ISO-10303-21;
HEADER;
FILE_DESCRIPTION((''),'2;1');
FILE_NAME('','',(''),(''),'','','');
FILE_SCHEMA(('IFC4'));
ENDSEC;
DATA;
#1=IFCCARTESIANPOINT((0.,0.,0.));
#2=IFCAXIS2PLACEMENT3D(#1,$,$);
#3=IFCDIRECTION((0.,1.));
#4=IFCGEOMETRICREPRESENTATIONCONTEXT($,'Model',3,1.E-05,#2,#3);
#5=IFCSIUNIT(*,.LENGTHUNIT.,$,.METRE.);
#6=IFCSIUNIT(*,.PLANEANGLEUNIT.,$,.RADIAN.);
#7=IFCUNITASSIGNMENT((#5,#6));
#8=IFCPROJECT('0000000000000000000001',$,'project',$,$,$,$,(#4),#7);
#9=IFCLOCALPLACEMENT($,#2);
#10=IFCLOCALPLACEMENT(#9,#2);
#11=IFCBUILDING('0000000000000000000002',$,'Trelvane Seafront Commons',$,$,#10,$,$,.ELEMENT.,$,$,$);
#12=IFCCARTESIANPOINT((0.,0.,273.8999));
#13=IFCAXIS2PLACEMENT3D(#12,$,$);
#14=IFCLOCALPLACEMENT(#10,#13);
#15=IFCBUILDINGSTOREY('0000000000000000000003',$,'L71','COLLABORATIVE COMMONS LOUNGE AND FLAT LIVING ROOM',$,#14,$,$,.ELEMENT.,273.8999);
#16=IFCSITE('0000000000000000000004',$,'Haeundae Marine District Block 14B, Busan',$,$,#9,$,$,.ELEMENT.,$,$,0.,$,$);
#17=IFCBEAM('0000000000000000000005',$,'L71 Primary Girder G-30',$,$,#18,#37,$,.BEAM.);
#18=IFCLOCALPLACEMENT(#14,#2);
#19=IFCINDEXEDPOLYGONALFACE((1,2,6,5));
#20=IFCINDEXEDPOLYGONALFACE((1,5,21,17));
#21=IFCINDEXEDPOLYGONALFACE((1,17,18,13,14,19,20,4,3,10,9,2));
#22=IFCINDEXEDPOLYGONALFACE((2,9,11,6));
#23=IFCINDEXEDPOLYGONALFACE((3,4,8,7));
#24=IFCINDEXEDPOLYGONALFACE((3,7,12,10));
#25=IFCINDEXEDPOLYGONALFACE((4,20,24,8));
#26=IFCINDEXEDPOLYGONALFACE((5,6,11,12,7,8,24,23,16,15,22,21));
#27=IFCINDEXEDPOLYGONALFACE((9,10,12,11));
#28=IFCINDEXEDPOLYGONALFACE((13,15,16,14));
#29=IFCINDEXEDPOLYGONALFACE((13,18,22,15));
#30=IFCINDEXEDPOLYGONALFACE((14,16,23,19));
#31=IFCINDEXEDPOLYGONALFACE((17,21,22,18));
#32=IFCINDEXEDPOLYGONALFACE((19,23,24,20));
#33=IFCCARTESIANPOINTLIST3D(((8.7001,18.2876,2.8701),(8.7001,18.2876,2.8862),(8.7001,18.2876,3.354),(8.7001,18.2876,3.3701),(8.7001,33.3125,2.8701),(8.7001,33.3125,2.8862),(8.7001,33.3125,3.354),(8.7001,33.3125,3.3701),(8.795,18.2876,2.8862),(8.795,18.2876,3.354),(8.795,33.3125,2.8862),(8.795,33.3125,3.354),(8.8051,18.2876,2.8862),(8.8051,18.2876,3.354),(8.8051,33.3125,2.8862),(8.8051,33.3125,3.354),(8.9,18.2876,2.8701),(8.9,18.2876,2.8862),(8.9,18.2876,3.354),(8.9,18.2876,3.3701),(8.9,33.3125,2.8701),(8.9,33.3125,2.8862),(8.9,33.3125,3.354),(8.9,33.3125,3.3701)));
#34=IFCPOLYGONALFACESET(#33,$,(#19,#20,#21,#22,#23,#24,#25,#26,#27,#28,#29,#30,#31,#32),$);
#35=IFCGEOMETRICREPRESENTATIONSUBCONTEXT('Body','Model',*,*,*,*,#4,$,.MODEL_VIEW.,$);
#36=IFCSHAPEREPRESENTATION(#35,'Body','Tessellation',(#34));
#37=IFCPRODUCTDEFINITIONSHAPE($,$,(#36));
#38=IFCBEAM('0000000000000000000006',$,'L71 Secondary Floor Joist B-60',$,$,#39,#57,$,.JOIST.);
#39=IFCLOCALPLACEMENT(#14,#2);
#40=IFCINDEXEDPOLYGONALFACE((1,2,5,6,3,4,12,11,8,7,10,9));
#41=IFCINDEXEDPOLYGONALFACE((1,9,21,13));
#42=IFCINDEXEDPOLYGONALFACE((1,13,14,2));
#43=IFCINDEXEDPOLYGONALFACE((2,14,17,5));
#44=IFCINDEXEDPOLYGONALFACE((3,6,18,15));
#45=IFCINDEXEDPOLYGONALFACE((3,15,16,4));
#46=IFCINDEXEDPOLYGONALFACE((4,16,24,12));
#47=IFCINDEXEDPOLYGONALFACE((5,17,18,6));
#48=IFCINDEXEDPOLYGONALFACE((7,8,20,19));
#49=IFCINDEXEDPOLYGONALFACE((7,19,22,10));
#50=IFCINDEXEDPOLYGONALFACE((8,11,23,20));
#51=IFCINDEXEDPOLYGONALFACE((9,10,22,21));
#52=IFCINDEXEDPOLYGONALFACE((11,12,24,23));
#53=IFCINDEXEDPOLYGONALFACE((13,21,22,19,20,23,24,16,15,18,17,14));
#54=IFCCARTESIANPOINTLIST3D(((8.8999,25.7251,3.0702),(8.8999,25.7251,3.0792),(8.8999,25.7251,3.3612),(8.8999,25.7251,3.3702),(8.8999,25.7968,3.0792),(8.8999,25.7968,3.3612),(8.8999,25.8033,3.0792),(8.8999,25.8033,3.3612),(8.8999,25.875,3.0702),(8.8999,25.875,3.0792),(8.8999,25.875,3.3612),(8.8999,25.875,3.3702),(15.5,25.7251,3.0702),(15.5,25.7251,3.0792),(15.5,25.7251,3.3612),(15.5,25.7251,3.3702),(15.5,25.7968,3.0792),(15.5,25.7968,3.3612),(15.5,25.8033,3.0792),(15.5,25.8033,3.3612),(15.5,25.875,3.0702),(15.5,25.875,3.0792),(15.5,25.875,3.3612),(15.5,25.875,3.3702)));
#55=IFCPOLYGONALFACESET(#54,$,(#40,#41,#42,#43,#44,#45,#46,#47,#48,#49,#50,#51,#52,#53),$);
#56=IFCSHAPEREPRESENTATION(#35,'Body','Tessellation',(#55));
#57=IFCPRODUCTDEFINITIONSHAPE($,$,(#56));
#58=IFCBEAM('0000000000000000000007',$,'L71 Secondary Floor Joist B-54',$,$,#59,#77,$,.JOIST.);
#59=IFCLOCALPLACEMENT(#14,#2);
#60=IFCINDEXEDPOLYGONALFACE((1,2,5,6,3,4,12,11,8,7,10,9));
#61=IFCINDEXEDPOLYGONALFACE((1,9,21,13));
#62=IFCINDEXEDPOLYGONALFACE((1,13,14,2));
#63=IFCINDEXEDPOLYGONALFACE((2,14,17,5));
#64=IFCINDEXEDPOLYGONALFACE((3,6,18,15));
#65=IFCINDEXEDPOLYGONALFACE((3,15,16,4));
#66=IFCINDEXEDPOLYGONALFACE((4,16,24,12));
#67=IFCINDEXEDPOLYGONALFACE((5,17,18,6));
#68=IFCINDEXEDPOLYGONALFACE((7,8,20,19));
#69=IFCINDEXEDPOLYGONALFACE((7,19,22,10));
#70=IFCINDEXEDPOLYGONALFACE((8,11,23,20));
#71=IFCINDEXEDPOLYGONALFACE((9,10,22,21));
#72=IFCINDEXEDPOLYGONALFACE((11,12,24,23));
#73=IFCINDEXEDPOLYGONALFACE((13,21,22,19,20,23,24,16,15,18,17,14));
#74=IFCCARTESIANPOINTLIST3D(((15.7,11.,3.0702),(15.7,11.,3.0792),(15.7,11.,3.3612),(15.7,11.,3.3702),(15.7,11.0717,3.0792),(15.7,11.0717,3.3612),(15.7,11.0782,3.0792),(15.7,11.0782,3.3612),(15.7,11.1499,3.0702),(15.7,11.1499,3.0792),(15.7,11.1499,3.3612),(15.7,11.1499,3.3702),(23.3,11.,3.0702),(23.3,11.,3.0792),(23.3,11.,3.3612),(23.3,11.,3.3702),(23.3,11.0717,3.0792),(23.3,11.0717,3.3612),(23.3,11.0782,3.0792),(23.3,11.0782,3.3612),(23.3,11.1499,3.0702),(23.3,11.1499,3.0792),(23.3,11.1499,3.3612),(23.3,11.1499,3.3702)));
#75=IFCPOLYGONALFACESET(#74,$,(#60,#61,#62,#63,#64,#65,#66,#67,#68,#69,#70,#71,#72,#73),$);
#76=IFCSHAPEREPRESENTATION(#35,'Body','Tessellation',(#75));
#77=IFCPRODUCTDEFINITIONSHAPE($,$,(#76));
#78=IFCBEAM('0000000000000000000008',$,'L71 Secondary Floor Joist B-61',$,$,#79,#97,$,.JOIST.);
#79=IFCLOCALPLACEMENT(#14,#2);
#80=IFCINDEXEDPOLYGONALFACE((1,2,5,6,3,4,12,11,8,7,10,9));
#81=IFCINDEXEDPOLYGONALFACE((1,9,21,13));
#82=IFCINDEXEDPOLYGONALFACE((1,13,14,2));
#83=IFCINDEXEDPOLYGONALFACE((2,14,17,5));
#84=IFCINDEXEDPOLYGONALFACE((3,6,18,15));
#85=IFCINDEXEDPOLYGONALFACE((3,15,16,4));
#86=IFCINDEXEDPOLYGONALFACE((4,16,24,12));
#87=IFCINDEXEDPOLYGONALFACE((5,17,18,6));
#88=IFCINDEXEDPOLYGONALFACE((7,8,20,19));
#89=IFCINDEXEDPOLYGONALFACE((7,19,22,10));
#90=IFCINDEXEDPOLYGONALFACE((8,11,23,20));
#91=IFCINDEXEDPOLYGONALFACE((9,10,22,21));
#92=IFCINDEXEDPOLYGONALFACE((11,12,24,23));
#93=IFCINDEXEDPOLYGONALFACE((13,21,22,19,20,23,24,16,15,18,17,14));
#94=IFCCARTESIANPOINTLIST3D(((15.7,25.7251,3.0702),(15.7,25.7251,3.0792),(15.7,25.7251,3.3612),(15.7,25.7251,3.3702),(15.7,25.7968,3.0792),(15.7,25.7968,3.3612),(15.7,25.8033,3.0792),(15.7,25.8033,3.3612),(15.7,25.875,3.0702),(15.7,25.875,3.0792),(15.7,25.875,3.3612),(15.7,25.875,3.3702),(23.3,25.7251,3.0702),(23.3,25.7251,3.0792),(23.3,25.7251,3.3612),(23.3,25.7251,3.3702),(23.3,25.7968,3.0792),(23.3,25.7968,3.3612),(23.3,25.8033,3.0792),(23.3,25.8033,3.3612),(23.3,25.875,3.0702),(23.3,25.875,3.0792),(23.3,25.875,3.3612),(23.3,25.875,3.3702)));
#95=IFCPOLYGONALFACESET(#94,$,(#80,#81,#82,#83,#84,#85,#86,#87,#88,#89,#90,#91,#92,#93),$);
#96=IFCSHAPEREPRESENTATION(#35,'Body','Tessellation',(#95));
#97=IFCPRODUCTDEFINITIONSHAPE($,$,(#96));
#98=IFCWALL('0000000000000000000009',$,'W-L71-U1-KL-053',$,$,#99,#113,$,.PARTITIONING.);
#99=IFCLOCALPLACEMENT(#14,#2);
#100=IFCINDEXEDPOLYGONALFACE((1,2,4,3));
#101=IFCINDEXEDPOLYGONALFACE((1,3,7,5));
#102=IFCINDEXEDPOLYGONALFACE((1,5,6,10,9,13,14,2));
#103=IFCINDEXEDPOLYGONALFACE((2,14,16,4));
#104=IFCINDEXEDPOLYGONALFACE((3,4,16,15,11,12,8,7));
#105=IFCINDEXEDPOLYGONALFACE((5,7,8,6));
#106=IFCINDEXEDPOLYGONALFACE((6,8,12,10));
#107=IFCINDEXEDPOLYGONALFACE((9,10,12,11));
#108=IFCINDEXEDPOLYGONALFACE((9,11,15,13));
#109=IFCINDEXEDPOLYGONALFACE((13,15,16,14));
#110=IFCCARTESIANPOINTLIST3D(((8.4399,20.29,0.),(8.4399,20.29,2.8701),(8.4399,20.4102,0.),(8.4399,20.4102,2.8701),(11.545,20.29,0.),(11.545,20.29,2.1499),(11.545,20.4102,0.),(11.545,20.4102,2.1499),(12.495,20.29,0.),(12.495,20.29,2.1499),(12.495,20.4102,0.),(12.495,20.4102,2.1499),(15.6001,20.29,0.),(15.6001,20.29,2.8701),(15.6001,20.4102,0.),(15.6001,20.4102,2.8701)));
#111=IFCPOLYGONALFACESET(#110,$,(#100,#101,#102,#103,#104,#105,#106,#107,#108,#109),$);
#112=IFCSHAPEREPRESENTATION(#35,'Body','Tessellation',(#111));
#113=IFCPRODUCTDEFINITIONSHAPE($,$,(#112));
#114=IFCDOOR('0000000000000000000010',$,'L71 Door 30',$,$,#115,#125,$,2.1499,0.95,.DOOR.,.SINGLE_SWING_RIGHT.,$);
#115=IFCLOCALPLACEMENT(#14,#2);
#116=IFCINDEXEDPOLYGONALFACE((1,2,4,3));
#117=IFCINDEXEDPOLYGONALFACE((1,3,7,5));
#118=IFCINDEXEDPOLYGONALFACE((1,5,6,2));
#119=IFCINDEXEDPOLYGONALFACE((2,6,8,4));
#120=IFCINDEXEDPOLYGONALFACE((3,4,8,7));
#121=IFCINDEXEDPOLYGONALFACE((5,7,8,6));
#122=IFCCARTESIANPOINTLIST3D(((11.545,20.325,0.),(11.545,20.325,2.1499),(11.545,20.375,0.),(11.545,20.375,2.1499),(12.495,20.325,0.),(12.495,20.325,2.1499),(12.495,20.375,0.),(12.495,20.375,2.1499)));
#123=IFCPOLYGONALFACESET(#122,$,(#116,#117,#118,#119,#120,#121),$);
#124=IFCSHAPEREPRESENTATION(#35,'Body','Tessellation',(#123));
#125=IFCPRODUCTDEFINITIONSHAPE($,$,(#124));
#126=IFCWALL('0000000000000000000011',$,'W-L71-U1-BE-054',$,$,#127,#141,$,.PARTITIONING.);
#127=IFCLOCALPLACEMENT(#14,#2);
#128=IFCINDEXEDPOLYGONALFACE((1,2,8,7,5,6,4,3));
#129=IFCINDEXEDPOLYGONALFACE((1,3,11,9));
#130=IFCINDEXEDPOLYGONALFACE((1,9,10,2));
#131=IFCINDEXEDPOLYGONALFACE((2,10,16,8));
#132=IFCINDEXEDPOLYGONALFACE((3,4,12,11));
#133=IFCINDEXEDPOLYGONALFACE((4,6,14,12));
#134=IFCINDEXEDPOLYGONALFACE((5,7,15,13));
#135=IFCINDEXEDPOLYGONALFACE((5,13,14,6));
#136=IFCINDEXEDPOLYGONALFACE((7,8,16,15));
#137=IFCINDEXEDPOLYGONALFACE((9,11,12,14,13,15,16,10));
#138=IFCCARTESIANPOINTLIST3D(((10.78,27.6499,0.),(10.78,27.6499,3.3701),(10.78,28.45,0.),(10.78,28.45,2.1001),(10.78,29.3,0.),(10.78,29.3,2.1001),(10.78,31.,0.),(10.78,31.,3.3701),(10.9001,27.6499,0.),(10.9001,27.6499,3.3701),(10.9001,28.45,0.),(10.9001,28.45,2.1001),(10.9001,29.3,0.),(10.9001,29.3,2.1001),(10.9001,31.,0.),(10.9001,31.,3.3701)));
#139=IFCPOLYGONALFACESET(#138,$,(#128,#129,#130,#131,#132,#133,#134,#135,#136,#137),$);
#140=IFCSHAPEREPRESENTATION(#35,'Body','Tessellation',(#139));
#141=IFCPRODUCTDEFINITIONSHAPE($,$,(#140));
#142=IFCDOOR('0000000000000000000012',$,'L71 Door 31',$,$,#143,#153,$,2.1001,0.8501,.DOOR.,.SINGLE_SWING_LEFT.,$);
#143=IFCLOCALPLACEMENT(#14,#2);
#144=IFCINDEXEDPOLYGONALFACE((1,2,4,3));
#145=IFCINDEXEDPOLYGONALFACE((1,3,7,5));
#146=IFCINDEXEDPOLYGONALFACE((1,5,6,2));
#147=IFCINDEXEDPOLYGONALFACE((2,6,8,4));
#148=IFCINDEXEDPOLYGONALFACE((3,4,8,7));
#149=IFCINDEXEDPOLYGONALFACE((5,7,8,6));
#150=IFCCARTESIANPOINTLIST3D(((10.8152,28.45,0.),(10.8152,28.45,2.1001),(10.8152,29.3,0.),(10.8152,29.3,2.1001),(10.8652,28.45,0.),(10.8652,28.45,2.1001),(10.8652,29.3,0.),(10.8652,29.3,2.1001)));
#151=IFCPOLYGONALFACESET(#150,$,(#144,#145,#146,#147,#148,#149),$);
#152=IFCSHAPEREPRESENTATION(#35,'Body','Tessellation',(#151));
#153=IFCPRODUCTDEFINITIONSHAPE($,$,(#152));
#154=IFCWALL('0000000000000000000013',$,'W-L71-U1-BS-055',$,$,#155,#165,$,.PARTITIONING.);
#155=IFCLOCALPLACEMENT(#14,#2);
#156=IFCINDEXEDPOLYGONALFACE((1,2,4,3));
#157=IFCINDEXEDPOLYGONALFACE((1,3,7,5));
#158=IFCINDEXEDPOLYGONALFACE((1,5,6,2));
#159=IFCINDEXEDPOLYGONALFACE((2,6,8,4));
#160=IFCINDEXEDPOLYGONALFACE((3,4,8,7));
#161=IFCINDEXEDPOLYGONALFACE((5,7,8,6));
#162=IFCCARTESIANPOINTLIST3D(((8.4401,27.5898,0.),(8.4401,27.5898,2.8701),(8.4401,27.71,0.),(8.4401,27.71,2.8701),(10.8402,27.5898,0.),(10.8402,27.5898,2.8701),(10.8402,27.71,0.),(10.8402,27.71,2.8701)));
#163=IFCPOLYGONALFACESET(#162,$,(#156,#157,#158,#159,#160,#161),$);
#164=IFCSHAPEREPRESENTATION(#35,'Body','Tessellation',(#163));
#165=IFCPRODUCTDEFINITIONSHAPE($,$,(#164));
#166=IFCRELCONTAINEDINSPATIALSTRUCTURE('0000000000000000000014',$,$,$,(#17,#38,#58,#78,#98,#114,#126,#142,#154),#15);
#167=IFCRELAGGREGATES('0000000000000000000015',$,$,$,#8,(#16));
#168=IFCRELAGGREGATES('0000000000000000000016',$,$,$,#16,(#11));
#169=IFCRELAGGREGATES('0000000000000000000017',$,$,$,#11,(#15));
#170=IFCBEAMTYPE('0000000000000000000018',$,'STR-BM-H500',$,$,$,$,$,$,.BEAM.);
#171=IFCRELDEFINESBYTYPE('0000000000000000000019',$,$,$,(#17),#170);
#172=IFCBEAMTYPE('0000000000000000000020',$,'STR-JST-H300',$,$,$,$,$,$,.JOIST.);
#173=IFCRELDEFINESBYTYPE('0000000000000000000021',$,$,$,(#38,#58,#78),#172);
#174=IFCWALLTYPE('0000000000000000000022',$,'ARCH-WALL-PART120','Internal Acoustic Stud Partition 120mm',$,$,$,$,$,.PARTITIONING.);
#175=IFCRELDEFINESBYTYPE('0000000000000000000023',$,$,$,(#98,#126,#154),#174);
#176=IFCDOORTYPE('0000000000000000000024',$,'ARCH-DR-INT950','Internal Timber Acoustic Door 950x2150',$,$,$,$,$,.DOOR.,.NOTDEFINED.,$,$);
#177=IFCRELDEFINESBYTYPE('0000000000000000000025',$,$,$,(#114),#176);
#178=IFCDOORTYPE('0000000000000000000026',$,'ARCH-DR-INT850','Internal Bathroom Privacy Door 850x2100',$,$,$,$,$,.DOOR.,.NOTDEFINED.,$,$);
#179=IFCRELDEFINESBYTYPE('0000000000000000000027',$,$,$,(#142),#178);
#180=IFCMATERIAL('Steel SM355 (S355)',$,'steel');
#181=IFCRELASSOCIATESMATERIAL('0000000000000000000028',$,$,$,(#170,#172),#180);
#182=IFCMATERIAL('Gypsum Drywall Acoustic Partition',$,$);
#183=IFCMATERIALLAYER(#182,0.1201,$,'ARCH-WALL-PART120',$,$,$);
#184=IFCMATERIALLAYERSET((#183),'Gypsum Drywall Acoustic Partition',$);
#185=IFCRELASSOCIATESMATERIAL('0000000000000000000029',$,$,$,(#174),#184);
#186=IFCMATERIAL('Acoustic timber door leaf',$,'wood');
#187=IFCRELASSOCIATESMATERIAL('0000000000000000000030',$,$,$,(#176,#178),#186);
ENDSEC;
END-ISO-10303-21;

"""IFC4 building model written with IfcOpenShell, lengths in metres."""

from ifc_helpers import new_model, si_unit, direction, frame, frame_2d, origin, origin_2d, place, context, subcontext, project, spatial, rectangle, i_section, extrude, source, transform, mapped, material, layer, layer_set, material_profile, profile_set, type_object, element, fill, save


model = new_model("IFC4")

# Units and contexts
model_context = context("Model", 3, precision=1e-05, world=origin(), true_north=direction((0.0, 1.0)))
body_context = subcontext(model_context, "Body", "Model", "MODEL_VIEW")
ifc_project = project(units=[si_unit("LENGTHUNIT", "METRE"), si_unit("PLANEANGLEUNIT", "RADIAN")], contexts=[model_context])

# Site, building, storey
site_placement = place(None, origin())
site = spatial("IfcSite", under=ifc_project, at=site_placement, Name="Haeundae Marine District Block 14B, Busan", CompositionType="ELEMENT", RefElevation=0.0)
building_placement = place(site_placement, origin())
building = spatial("IfcBuilding", under=site, at=building_placement, Name="Trelvane Seafront Commons", CompositionType="ELEMENT")
storey_placement = place(building_placement, frame((0.0, 0.0, 273.8999)))
storey = spatial("IfcBuildingStorey", under=building, at=storey_placement, Name="L71", Description="COLLABORATIVE COMMONS LOUNGE AND FLAT LIVING ROOM", CompositionType="ELEMENT", Elevation=273.8999)

# Shared definitions
ifc_material_1 = material(Name="Steel SM355 (S355)", Category="steel")

# Beams
ifc_material_profile_1 = material_profile(ifc_material_1, i_section(OverallWidth=0.2, OverallDepth=0.5, WebThickness=0.01, FlangeThickness=0.0161, at=origin_2d()), Name="H-500x200x10x16")
ifc_profile_set_1 = profile_set([ifc_material_profile_1], Name="Steel SM355 (S355)")
beam_type_1 = type_object("IfcBeamType", Name="STR-BM-H500", PredefinedType="BEAM", material=ifc_profile_set_1)
shared_shape_1 = source(origin(), body_context, "Body", "SweptSolid", [
    extrude(i_section(OverallWidth=0.2, OverallDepth=0.5, WebThickness=0.01, FlangeThickness=0.0161, at=origin_2d()), origin(), (0.0, 0.0, 1.0), 15.0249),
])
beam_1_placement = place(storey_placement, frame((8.8, 18.2876, 3.1201), z_axis=(0.0, 1.0, 0.0), x_axis=(-1.0, 0.0, 0.0)))
element("IfcBeam", 1, at=beam_1_placement, inside=storey, type_object=beam_type_1, Name="L71 Primary Girder G-30", PredefinedType="BEAM", context=body_context, shape_type="MappedRepresentation", body=[
    mapped(shared_shape_1, transform((0.0, 0.0, 0.0), x_axis=(1.0, 0.0, 0.0), y_axis=(0.0, 1.0, 0.0), z_axis=(0.0, 0.0, 1.0), scale=1.0)),
])
ifc_material_profile_2 = material_profile(ifc_material_1, i_section(OverallWidth=0.1499, OverallDepth=0.3, WebThickness=0.0066, FlangeThickness=0.009, at=origin_2d()), Name="H-300x150x6.5x9")
ifc_profile_set_2 = profile_set([ifc_material_profile_2], Name="Steel SM355 (S355)")
beam_type_2 = type_object("IfcBeamType", Name="STR-JST-H300", PredefinedType="JOIST", material=ifc_profile_set_2)
shared_shape_2 = source(origin(), body_context, "Body", "SweptSolid", [
    extrude(i_section(OverallWidth=0.1499, OverallDepth=0.3, WebThickness=0.0066, FlangeThickness=0.009, at=origin_2d()), origin(), (0.0, 0.0, 1.0), 6.6001),
])
beam_2_placement = place(storey_placement, frame((8.8999, 25.8, 3.2202), z_axis=(1.0, 0.0, 0.0), x_axis=(0.0, 1.0, 0.0)))
element("IfcBeam", 2, at=beam_2_placement, inside=storey, type_object=beam_type_2, Name="L71 Secondary Floor Joist B-60", PredefinedType="JOIST", context=body_context, shape_type="MappedRepresentation", body=[
    mapped(shared_shape_2, transform((0.0, 0.0, 0.0), x_axis=(1.0, 0.0, 0.0), y_axis=(0.0, 1.0, 0.0), z_axis=(0.0, 0.0, 1.0), scale=1.0)),
])
shared_shape_3 = source(origin(), body_context, "Body", "SweptSolid", [
    extrude(i_section(OverallWidth=0.1499, OverallDepth=0.3, WebThickness=0.0066, FlangeThickness=0.009, at=origin_2d()), origin(), (0.0, 0.0, 1.0), 7.6001),
])
for number, where, z_axis, x_axis, name in (
    (3, (15.7, 11.075, 3.2202), (1.0, 0.0, 0.0), (0.0, 1.0, 0.0), "L71 Secondary Floor Joist B-54"),
    (4, (15.7, 25.8, 3.2202), (1.0, 0.0, 0.0), (0.0, 1.0, 0.0), "L71 Secondary Floor Joist B-61"),
):
    element("IfcBeam", number, at=place(storey_placement, frame(where, z_axis=z_axis, x_axis=x_axis)), inside=storey, type_object=beam_type_2, Name=name, PredefinedType="JOIST", context=body_context, shape_type="MappedRepresentation", body=[
        mapped(shared_shape_3, transform((0.0, 0.0, 0.0), x_axis=(1.0, 0.0, 0.0), y_axis=(0.0, 1.0, 0.0), z_axis=(0.0, 0.0, 1.0), scale=1.0)),
    ])

# Walls, openings, doors
ifc_material_2 = material(Name="Gypsum Drywall Acoustic Partition")
ifc_layer_1 = layer(ifc_material_2, 0.1201, Name="ARCH-WALL-PART120")
ifc_layer_set_1 = layer_set([ifc_layer_1], Name="Gypsum Drywall Acoustic Partition")
wall_type_1 = type_object("IfcWallType", Name="ARCH-WALL-PART120", Description="Internal Acoustic Stud Partition 120mm", PredefinedType="PARTITIONING", material=ifc_layer_set_1)
wall_1_placement = place(storey_placement, frame((8.4399, 20.3501, 0.0), z_axis=(0.0, 0.0, 1.0), x_axis=(1.0, 0.0, 0.0)))
wall_1 = element("IfcWall", 5, at=wall_1_placement, inside=storey, type_object=wall_type_1, Name="W-L71-U1-KL-053", PredefinedType="PARTITIONING", context=body_context, shape_type="SweptSolid", body=[
    extrude(rectangle(XDim=7.1602, YDim=0.1201, at=frame_2d((3.5801, 0.0))), origin(), (0.0, 0.0, 1.0), 2.8701),
])
opening_1_placement = place(wall_1_placement, frame((3.105, 0.0, 0.0)))
opening_1 = element("IfcOpeningElement", 6, at=opening_1_placement, cuts=wall_1, PredefinedType="OPENING", context=body_context, shape_type="SweptSolid", body=[
    extrude(rectangle(XDim=0.95, YDim=2.1499, at=frame_2d((0.4751, 1.075))), frame((0.0, 0.0701, 0.0), z_axis=(0.0, -1.0, 0.0), x_axis=(1.0, 0.0, 0.0)), (0.0, 0.0, 1.0), 0.1401),
])
ifc_material_3 = material(Name="Acoustic timber door leaf", Category="wood")
door_type_1 = type_object("IfcDoorType", Name="ARCH-DR-INT950", Description="Internal Timber Acoustic Door 950x2150", OperationType="NOTDEFINED", PredefinedType="DOOR", material=ifc_material_3)
shared_shape_4 = source(origin(), body_context, "Body", "SweptSolid", [
    extrude(rectangle(XDim=0.95, YDim=2.1499, at=frame_2d((0.4751, 1.075))), frame((0.0, 0.0249, 0.0), z_axis=(0.0, -1.0, 0.0), x_axis=(1.0, 0.0, 0.0)), (0.0, 0.0, 1.0), 0.05),
])
door_1_placement = place(opening_1_placement, origin())
door_1 = element("IfcDoor", 7, at=door_1_placement, inside=storey, type_object=door_type_1, Name="L71 Door 30", OperationType="SINGLE_SWING_RIGHT", OverallHeight=2.1499, OverallWidth=0.95, PredefinedType="DOOR", context=body_context, shape_type="MappedRepresentation", body=[
    mapped(shared_shape_4, transform((0.0, 0.0, 0.0), x_axis=(1.0, 0.0, 0.0), y_axis=(0.0, 1.0, 0.0), z_axis=(0.0, 0.0, 1.0), scale=1.0)),
])
fill(opening_1, door_1)
wall_2_placement = place(storey_placement, frame((10.8401, 27.6499, 0.0), z_axis=(0.0, 0.0, 1.0), x_axis=(0.0, 1.0, 0.0)))
wall_2 = element("IfcWall", 8, at=wall_2_placement, inside=storey, type_object=wall_type_1, Name="W-L71-U1-BE-054", PredefinedType="PARTITIONING", context=body_context, shape_type="SweptSolid", body=[
    extrude(rectangle(XDim=3.3501, YDim=0.1201, at=frame_2d((1.675, 0.0))), origin(), (0.0, 0.0, 1.0), 3.3701),
])
opening_2_placement = place(wall_2_placement, frame((0.8, 0.0, 0.0)))
opening_2 = element("IfcOpeningElement", 9, at=opening_2_placement, cuts=wall_2, PredefinedType="OPENING", context=body_context, shape_type="SweptSolid", body=[
    extrude(rectangle(XDim=0.8501, YDim=2.1001, at=frame_2d((0.425, 1.05))), frame((0.0, 0.0701, 0.0), z_axis=(0.0, -1.0, 0.0), x_axis=(1.0, 0.0, 0.0)), (0.0, 0.0, 1.0), 0.1401),
])
door_type_2 = type_object("IfcDoorType", Name="ARCH-DR-INT850", Description="Internal Bathroom Privacy Door 850x2100", OperationType="NOTDEFINED", PredefinedType="DOOR", material=ifc_material_3)
shared_shape_5 = source(origin(), body_context, "Body", "SweptSolid", [
    extrude(rectangle(XDim=0.8501, YDim=2.1001, at=frame_2d((0.425, 1.05))), frame((0.0, 0.0249, 0.0), z_axis=(0.0, -1.0, 0.0), x_axis=(1.0, 0.0, 0.0)), (0.0, 0.0, 1.0), 0.05),
])
door_2_placement = place(opening_2_placement, origin())
door_2 = element("IfcDoor", 10, at=door_2_placement, inside=storey, type_object=door_type_2, Name="L71 Door 31", OperationType="SINGLE_SWING_LEFT", OverallHeight=2.1001, OverallWidth=0.8501, PredefinedType="DOOR", context=body_context, shape_type="MappedRepresentation", body=[
    mapped(shared_shape_5, transform((0.0, 0.0, 0.0), x_axis=(1.0, 0.0, 0.0), y_axis=(0.0, 1.0, 0.0), z_axis=(0.0, 0.0, 1.0), scale=1.0)),
])
fill(opening_2, door_2)

# Wall
wall_3_placement = place(storey_placement, frame((8.4399, 27.6499, 0.0), z_axis=(0.0, 0.0, 1.0), x_axis=(1.0, 0.0, 0.0)))
element("IfcWall", 11, at=wall_3_placement, inside=storey, type_object=wall_type_1, Name="W-L71-U1-BS-055", PredefinedType="PARTITIONING", context=body_context, shape_type="SweptSolid", body=[
    extrude(rectangle(XDim=2.4001, YDim=0.1201, at=frame_2d((1.2002, 0.0))), origin(), (0.0, 0.0, 1.0), 2.8701),
])

save(model, "model.ifc")
